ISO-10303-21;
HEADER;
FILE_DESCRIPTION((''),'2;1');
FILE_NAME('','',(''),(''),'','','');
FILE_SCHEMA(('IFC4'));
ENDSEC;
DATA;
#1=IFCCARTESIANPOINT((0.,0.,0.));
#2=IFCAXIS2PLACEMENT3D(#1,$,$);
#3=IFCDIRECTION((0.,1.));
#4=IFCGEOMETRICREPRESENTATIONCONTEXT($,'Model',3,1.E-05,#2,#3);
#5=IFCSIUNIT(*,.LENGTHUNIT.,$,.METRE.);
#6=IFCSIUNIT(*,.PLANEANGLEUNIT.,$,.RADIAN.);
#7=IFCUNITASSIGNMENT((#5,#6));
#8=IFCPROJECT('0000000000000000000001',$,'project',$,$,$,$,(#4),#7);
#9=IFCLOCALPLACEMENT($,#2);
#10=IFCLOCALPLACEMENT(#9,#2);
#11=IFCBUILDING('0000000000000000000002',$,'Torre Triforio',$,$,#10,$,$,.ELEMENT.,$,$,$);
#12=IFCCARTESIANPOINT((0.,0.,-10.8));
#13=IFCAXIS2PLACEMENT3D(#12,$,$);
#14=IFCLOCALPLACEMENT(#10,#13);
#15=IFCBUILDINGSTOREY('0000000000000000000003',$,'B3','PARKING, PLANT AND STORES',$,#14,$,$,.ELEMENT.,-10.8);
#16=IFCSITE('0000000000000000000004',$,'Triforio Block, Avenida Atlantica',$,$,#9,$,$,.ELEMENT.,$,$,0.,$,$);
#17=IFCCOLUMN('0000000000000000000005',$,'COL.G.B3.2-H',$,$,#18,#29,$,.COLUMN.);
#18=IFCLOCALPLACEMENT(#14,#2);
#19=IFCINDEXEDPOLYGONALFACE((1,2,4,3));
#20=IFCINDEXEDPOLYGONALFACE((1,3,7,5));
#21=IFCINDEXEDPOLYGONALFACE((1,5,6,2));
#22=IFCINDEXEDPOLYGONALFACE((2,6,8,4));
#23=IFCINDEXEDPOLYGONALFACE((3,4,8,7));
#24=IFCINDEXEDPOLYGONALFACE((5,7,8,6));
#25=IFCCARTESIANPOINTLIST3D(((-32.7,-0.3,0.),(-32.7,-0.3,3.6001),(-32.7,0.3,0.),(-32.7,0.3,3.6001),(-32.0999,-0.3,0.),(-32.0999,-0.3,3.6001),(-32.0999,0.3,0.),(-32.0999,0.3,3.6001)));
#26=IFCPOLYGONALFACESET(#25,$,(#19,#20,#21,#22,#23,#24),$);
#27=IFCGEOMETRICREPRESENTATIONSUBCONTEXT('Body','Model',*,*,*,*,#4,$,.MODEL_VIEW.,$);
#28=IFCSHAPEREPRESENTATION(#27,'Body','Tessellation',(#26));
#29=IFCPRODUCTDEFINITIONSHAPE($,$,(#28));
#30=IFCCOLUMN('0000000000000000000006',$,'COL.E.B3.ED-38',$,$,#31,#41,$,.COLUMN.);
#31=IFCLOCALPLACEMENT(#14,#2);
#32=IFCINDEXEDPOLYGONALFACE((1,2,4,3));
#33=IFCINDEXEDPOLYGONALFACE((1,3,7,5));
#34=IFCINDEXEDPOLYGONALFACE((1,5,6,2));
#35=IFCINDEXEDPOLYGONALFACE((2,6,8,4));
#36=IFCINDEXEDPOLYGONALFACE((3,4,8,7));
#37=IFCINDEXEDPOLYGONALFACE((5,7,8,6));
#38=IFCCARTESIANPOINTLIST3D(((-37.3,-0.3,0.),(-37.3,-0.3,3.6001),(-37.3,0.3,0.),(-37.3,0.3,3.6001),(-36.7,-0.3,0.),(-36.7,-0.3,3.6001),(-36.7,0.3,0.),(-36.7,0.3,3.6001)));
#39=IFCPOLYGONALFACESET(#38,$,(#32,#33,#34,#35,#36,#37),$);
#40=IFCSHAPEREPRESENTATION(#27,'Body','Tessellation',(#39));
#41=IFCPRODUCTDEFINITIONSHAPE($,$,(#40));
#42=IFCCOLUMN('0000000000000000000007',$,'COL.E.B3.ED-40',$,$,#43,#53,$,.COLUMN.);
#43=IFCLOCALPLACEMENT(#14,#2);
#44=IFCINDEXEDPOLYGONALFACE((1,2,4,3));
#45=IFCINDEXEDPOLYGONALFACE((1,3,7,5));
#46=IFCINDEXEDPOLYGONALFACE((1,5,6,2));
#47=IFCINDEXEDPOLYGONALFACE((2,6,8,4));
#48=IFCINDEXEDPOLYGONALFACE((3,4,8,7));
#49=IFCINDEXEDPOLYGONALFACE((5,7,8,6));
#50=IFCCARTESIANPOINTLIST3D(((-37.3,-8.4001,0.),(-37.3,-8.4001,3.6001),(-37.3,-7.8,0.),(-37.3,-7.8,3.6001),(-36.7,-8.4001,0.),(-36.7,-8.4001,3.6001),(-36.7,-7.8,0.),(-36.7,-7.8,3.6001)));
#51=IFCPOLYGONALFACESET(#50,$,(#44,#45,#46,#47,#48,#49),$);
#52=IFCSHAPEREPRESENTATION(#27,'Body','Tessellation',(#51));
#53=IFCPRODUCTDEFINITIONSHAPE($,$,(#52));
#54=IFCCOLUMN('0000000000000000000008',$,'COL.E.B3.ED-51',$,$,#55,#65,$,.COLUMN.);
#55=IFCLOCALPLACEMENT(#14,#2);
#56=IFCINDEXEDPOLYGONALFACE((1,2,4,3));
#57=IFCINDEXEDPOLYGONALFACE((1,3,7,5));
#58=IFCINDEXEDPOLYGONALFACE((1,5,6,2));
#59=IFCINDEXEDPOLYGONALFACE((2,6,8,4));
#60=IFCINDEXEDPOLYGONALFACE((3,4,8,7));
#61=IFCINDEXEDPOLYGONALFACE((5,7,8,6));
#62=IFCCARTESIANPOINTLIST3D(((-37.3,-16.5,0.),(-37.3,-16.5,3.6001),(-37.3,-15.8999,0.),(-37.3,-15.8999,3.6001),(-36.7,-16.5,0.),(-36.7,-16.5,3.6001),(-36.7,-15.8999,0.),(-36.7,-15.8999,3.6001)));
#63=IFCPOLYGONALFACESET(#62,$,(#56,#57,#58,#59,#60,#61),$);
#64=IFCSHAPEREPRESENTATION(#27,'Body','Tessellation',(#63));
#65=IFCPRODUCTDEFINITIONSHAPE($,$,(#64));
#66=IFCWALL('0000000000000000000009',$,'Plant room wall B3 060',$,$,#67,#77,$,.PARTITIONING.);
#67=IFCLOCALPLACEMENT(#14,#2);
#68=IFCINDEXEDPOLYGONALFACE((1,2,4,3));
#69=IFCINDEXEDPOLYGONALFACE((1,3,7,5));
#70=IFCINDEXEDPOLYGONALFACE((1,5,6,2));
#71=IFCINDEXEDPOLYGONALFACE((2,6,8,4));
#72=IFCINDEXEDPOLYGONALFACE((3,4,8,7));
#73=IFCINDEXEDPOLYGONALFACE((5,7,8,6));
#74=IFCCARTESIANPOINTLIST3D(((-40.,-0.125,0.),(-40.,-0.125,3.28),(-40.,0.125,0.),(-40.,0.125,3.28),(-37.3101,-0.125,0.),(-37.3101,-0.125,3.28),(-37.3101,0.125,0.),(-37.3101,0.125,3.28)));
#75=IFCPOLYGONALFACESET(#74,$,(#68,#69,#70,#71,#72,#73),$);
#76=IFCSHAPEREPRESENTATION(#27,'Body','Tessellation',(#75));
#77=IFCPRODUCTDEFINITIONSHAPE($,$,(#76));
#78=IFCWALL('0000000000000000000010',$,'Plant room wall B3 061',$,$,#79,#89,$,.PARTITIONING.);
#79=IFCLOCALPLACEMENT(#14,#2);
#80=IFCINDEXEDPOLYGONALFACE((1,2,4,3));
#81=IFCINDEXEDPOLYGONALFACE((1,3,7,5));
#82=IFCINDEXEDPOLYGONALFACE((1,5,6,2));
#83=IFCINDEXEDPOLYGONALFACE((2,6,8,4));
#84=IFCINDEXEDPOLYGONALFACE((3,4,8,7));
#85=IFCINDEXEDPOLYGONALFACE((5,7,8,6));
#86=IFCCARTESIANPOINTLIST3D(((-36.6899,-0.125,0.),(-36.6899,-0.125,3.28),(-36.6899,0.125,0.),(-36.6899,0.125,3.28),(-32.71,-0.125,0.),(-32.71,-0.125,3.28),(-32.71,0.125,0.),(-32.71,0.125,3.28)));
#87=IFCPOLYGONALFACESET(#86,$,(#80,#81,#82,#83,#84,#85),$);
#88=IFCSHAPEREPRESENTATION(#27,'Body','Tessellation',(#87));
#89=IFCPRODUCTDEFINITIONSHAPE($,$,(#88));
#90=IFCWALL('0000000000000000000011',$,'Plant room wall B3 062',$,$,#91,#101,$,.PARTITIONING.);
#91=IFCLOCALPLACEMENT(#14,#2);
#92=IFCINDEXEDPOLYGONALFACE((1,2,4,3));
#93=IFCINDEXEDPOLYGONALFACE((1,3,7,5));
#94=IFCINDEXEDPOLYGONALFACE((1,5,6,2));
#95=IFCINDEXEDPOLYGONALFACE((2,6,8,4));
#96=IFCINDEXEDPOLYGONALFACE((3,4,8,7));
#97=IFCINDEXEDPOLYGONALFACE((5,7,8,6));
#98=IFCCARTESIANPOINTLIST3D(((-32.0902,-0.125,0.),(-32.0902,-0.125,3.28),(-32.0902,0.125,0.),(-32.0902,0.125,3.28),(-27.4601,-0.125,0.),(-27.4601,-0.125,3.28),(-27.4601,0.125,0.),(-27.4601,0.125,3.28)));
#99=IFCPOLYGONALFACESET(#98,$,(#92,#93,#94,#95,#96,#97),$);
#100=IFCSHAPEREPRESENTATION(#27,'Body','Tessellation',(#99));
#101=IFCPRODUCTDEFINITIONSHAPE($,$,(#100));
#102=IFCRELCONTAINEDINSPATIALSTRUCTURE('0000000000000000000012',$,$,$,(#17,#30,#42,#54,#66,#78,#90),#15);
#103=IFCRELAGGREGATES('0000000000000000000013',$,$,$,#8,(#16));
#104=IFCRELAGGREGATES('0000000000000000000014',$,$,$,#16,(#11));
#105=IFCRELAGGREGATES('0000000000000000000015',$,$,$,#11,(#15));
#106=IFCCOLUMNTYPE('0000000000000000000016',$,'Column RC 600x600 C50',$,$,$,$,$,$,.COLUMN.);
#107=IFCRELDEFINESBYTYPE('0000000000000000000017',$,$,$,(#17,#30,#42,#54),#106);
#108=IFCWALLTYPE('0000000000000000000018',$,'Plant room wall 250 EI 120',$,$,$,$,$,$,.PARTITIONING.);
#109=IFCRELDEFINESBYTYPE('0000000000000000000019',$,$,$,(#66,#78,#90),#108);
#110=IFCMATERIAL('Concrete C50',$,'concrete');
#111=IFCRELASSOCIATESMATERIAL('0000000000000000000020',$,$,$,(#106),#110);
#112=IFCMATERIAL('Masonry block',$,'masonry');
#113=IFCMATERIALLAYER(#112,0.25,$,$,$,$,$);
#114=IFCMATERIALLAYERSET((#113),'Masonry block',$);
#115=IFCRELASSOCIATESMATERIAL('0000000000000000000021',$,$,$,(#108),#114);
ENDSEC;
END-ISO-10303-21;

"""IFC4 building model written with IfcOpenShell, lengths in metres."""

from ifc_helpers import new_model, si_unit, direction, frame, frame_2d, origin, origin_2d, place, context, subcontext, project, spatial, rectangle, extrude, material, layer, layer_set, material_profile, profile_set, type_object, element, save


model = new_model("IFC4")

# Units and contexts
model_context = context("Model", 3, precision=1e-05, world=origin(), true_north=direction((0.0, 1.0)))
body_context = subcontext(model_context, "Body", "Model", "MODEL_VIEW")
ifc_project = project(units=[si_unit("LENGTHUNIT", "METRE"), si_unit("PLANEANGLEUNIT", "RADIAN")], contexts=[model_context])

# Site, building, storey
site_placement = place(None, origin())
site = spatial("IfcSite", under=ifc_project, at=site_placement, Name="Triforio Block, Avenida Atlantica", CompositionType="ELEMENT", RefElevation=0.0)
building_placement = place(site_placement, origin())
building = spatial("IfcBuilding", under=site, at=building_placement, Name="Torre Triforio", CompositionType="ELEMENT")
storey_placement = place(building_placement, frame((0.0, 0.0, -10.8)))
storey = spatial("IfcBuildingStorey", under=building, at=storey_placement, Name="B3", Description="PARKING, PLANT AND STORES", CompositionType="ELEMENT", Elevation=-10.8)

# Shared definitions
ifc_material_1 = material(Name="Concrete C50", Category="concrete")

# Columns
ifc_material_profile_1 = material_profile(ifc_material_1, rectangle(XDim=0.6001, YDim=0.6001, at=origin_2d()), Name="RC 600x600")
ifc_profile_set_1 = profile_set([ifc_material_profile_1], Name="Concrete C50")
column_type_1 = type_object("IfcColumnType", Name="Column RC 600x600 C50", PredefinedType="COLUMN", material=ifc_profile_set_1)
for number, where, z_axis, x_axis, name in (
    (1, (-32.3999, 0.0, 0.0), (0.0, 0.0, 1.0), (1.0, 0.0, 0.0), "COL.G.B3.2-H"),
    (2, (-37.0, 0.0, 0.0), (0.0, 0.0, 1.0), (1.0, 0.0, 0.0), "COL.E.B3.ED-38"),
    (3, (-37.0, -8.1001, 0.0), (0.0, 0.0, 1.0), (1.0, 0.0, 0.0), "COL.E.B3.ED-40"),
    (4, (-37.0, -16.2, 0.0), (0.0, 0.0, 1.0), (1.0, 0.0, 0.0), "COL.E.B3.ED-51"),
):
    element("IfcColumn", number, at=place(storey_placement, frame(where, z_axis=z_axis, x_axis=x_axis)), inside=storey, type_object=column_type_1, Name=name, PredefinedType="COLUMN", context=body_context, shape_type="SweptSolid", body=[
        extrude(rectangle(XDim=0.6001, YDim=0.6001, at=origin_2d()), origin(), (0.0, 0.0, 1.0), 3.6001),
    ])

# Walls
ifc_material_2 = material(Name="Masonry block", Category="masonry")
ifc_layer = layer(ifc_material_2, 0.25)
ifc_layer_set = layer_set([ifc_layer], Name="Masonry block")
wall_type = type_object("IfcWallType", Name="Plant room wall 250 EI 120", PredefinedType="PARTITIONING", material=ifc_layer_set)
wall_1_placement = place(storey_placement, frame((-40.0, 0.0, 0.0), z_axis=(0.0, 0.0, 1.0), x_axis=(1.0, 0.0, 0.0)))
element("IfcWall", 5, at=wall_1_placement, inside=storey, type_object=wall_type, Name="Plant room wall B3 060", PredefinedType="PARTITIONING", context=body_context, shape_type="SweptSolid", body=[
    extrude(rectangle(XDim=2.6899, YDim=0.25, at=frame_2d((1.345, 0.0))), origin(), (0.0, 0.0, 1.0), 3.28),
])
wall_2_placement = place(storey_placement, frame((-36.6899, 0.0, 0.0), z_axis=(0.0, 0.0, 1.0), x_axis=(1.0, 0.0, 0.0)))
element("IfcWall", 6, at=wall_2_placement, inside=storey, type_object=wall_type, Name="Plant room wall B3 061", PredefinedType="PARTITIONING", context=body_context, shape_type="SweptSolid", body=[
    extrude(rectangle(XDim=3.98, YDim=0.25, at=frame_2d((1.99, 0.0))), origin(), (0.0, 0.0, 1.0), 3.28),
])
wall_3_placement = place(storey_placement, frame((-32.0901, 0.0, 0.0), z_axis=(0.0, 0.0, 1.0), x_axis=(1.0, 0.0, 0.0)))
element("IfcWall", 7, at=wall_3_placement, inside=storey, type_object=wall_type, Name="Plant room wall B3 062", PredefinedType="PARTITIONING", context=body_context, shape_type="SweptSolid", body=[
    extrude(rectangle(XDim=4.6301, YDim=0.25, at=frame_2d((2.3149, 0.0))), origin(), (0.0, 0.0, 1.0), 3.28),
])

save(model, "model.ifc")
